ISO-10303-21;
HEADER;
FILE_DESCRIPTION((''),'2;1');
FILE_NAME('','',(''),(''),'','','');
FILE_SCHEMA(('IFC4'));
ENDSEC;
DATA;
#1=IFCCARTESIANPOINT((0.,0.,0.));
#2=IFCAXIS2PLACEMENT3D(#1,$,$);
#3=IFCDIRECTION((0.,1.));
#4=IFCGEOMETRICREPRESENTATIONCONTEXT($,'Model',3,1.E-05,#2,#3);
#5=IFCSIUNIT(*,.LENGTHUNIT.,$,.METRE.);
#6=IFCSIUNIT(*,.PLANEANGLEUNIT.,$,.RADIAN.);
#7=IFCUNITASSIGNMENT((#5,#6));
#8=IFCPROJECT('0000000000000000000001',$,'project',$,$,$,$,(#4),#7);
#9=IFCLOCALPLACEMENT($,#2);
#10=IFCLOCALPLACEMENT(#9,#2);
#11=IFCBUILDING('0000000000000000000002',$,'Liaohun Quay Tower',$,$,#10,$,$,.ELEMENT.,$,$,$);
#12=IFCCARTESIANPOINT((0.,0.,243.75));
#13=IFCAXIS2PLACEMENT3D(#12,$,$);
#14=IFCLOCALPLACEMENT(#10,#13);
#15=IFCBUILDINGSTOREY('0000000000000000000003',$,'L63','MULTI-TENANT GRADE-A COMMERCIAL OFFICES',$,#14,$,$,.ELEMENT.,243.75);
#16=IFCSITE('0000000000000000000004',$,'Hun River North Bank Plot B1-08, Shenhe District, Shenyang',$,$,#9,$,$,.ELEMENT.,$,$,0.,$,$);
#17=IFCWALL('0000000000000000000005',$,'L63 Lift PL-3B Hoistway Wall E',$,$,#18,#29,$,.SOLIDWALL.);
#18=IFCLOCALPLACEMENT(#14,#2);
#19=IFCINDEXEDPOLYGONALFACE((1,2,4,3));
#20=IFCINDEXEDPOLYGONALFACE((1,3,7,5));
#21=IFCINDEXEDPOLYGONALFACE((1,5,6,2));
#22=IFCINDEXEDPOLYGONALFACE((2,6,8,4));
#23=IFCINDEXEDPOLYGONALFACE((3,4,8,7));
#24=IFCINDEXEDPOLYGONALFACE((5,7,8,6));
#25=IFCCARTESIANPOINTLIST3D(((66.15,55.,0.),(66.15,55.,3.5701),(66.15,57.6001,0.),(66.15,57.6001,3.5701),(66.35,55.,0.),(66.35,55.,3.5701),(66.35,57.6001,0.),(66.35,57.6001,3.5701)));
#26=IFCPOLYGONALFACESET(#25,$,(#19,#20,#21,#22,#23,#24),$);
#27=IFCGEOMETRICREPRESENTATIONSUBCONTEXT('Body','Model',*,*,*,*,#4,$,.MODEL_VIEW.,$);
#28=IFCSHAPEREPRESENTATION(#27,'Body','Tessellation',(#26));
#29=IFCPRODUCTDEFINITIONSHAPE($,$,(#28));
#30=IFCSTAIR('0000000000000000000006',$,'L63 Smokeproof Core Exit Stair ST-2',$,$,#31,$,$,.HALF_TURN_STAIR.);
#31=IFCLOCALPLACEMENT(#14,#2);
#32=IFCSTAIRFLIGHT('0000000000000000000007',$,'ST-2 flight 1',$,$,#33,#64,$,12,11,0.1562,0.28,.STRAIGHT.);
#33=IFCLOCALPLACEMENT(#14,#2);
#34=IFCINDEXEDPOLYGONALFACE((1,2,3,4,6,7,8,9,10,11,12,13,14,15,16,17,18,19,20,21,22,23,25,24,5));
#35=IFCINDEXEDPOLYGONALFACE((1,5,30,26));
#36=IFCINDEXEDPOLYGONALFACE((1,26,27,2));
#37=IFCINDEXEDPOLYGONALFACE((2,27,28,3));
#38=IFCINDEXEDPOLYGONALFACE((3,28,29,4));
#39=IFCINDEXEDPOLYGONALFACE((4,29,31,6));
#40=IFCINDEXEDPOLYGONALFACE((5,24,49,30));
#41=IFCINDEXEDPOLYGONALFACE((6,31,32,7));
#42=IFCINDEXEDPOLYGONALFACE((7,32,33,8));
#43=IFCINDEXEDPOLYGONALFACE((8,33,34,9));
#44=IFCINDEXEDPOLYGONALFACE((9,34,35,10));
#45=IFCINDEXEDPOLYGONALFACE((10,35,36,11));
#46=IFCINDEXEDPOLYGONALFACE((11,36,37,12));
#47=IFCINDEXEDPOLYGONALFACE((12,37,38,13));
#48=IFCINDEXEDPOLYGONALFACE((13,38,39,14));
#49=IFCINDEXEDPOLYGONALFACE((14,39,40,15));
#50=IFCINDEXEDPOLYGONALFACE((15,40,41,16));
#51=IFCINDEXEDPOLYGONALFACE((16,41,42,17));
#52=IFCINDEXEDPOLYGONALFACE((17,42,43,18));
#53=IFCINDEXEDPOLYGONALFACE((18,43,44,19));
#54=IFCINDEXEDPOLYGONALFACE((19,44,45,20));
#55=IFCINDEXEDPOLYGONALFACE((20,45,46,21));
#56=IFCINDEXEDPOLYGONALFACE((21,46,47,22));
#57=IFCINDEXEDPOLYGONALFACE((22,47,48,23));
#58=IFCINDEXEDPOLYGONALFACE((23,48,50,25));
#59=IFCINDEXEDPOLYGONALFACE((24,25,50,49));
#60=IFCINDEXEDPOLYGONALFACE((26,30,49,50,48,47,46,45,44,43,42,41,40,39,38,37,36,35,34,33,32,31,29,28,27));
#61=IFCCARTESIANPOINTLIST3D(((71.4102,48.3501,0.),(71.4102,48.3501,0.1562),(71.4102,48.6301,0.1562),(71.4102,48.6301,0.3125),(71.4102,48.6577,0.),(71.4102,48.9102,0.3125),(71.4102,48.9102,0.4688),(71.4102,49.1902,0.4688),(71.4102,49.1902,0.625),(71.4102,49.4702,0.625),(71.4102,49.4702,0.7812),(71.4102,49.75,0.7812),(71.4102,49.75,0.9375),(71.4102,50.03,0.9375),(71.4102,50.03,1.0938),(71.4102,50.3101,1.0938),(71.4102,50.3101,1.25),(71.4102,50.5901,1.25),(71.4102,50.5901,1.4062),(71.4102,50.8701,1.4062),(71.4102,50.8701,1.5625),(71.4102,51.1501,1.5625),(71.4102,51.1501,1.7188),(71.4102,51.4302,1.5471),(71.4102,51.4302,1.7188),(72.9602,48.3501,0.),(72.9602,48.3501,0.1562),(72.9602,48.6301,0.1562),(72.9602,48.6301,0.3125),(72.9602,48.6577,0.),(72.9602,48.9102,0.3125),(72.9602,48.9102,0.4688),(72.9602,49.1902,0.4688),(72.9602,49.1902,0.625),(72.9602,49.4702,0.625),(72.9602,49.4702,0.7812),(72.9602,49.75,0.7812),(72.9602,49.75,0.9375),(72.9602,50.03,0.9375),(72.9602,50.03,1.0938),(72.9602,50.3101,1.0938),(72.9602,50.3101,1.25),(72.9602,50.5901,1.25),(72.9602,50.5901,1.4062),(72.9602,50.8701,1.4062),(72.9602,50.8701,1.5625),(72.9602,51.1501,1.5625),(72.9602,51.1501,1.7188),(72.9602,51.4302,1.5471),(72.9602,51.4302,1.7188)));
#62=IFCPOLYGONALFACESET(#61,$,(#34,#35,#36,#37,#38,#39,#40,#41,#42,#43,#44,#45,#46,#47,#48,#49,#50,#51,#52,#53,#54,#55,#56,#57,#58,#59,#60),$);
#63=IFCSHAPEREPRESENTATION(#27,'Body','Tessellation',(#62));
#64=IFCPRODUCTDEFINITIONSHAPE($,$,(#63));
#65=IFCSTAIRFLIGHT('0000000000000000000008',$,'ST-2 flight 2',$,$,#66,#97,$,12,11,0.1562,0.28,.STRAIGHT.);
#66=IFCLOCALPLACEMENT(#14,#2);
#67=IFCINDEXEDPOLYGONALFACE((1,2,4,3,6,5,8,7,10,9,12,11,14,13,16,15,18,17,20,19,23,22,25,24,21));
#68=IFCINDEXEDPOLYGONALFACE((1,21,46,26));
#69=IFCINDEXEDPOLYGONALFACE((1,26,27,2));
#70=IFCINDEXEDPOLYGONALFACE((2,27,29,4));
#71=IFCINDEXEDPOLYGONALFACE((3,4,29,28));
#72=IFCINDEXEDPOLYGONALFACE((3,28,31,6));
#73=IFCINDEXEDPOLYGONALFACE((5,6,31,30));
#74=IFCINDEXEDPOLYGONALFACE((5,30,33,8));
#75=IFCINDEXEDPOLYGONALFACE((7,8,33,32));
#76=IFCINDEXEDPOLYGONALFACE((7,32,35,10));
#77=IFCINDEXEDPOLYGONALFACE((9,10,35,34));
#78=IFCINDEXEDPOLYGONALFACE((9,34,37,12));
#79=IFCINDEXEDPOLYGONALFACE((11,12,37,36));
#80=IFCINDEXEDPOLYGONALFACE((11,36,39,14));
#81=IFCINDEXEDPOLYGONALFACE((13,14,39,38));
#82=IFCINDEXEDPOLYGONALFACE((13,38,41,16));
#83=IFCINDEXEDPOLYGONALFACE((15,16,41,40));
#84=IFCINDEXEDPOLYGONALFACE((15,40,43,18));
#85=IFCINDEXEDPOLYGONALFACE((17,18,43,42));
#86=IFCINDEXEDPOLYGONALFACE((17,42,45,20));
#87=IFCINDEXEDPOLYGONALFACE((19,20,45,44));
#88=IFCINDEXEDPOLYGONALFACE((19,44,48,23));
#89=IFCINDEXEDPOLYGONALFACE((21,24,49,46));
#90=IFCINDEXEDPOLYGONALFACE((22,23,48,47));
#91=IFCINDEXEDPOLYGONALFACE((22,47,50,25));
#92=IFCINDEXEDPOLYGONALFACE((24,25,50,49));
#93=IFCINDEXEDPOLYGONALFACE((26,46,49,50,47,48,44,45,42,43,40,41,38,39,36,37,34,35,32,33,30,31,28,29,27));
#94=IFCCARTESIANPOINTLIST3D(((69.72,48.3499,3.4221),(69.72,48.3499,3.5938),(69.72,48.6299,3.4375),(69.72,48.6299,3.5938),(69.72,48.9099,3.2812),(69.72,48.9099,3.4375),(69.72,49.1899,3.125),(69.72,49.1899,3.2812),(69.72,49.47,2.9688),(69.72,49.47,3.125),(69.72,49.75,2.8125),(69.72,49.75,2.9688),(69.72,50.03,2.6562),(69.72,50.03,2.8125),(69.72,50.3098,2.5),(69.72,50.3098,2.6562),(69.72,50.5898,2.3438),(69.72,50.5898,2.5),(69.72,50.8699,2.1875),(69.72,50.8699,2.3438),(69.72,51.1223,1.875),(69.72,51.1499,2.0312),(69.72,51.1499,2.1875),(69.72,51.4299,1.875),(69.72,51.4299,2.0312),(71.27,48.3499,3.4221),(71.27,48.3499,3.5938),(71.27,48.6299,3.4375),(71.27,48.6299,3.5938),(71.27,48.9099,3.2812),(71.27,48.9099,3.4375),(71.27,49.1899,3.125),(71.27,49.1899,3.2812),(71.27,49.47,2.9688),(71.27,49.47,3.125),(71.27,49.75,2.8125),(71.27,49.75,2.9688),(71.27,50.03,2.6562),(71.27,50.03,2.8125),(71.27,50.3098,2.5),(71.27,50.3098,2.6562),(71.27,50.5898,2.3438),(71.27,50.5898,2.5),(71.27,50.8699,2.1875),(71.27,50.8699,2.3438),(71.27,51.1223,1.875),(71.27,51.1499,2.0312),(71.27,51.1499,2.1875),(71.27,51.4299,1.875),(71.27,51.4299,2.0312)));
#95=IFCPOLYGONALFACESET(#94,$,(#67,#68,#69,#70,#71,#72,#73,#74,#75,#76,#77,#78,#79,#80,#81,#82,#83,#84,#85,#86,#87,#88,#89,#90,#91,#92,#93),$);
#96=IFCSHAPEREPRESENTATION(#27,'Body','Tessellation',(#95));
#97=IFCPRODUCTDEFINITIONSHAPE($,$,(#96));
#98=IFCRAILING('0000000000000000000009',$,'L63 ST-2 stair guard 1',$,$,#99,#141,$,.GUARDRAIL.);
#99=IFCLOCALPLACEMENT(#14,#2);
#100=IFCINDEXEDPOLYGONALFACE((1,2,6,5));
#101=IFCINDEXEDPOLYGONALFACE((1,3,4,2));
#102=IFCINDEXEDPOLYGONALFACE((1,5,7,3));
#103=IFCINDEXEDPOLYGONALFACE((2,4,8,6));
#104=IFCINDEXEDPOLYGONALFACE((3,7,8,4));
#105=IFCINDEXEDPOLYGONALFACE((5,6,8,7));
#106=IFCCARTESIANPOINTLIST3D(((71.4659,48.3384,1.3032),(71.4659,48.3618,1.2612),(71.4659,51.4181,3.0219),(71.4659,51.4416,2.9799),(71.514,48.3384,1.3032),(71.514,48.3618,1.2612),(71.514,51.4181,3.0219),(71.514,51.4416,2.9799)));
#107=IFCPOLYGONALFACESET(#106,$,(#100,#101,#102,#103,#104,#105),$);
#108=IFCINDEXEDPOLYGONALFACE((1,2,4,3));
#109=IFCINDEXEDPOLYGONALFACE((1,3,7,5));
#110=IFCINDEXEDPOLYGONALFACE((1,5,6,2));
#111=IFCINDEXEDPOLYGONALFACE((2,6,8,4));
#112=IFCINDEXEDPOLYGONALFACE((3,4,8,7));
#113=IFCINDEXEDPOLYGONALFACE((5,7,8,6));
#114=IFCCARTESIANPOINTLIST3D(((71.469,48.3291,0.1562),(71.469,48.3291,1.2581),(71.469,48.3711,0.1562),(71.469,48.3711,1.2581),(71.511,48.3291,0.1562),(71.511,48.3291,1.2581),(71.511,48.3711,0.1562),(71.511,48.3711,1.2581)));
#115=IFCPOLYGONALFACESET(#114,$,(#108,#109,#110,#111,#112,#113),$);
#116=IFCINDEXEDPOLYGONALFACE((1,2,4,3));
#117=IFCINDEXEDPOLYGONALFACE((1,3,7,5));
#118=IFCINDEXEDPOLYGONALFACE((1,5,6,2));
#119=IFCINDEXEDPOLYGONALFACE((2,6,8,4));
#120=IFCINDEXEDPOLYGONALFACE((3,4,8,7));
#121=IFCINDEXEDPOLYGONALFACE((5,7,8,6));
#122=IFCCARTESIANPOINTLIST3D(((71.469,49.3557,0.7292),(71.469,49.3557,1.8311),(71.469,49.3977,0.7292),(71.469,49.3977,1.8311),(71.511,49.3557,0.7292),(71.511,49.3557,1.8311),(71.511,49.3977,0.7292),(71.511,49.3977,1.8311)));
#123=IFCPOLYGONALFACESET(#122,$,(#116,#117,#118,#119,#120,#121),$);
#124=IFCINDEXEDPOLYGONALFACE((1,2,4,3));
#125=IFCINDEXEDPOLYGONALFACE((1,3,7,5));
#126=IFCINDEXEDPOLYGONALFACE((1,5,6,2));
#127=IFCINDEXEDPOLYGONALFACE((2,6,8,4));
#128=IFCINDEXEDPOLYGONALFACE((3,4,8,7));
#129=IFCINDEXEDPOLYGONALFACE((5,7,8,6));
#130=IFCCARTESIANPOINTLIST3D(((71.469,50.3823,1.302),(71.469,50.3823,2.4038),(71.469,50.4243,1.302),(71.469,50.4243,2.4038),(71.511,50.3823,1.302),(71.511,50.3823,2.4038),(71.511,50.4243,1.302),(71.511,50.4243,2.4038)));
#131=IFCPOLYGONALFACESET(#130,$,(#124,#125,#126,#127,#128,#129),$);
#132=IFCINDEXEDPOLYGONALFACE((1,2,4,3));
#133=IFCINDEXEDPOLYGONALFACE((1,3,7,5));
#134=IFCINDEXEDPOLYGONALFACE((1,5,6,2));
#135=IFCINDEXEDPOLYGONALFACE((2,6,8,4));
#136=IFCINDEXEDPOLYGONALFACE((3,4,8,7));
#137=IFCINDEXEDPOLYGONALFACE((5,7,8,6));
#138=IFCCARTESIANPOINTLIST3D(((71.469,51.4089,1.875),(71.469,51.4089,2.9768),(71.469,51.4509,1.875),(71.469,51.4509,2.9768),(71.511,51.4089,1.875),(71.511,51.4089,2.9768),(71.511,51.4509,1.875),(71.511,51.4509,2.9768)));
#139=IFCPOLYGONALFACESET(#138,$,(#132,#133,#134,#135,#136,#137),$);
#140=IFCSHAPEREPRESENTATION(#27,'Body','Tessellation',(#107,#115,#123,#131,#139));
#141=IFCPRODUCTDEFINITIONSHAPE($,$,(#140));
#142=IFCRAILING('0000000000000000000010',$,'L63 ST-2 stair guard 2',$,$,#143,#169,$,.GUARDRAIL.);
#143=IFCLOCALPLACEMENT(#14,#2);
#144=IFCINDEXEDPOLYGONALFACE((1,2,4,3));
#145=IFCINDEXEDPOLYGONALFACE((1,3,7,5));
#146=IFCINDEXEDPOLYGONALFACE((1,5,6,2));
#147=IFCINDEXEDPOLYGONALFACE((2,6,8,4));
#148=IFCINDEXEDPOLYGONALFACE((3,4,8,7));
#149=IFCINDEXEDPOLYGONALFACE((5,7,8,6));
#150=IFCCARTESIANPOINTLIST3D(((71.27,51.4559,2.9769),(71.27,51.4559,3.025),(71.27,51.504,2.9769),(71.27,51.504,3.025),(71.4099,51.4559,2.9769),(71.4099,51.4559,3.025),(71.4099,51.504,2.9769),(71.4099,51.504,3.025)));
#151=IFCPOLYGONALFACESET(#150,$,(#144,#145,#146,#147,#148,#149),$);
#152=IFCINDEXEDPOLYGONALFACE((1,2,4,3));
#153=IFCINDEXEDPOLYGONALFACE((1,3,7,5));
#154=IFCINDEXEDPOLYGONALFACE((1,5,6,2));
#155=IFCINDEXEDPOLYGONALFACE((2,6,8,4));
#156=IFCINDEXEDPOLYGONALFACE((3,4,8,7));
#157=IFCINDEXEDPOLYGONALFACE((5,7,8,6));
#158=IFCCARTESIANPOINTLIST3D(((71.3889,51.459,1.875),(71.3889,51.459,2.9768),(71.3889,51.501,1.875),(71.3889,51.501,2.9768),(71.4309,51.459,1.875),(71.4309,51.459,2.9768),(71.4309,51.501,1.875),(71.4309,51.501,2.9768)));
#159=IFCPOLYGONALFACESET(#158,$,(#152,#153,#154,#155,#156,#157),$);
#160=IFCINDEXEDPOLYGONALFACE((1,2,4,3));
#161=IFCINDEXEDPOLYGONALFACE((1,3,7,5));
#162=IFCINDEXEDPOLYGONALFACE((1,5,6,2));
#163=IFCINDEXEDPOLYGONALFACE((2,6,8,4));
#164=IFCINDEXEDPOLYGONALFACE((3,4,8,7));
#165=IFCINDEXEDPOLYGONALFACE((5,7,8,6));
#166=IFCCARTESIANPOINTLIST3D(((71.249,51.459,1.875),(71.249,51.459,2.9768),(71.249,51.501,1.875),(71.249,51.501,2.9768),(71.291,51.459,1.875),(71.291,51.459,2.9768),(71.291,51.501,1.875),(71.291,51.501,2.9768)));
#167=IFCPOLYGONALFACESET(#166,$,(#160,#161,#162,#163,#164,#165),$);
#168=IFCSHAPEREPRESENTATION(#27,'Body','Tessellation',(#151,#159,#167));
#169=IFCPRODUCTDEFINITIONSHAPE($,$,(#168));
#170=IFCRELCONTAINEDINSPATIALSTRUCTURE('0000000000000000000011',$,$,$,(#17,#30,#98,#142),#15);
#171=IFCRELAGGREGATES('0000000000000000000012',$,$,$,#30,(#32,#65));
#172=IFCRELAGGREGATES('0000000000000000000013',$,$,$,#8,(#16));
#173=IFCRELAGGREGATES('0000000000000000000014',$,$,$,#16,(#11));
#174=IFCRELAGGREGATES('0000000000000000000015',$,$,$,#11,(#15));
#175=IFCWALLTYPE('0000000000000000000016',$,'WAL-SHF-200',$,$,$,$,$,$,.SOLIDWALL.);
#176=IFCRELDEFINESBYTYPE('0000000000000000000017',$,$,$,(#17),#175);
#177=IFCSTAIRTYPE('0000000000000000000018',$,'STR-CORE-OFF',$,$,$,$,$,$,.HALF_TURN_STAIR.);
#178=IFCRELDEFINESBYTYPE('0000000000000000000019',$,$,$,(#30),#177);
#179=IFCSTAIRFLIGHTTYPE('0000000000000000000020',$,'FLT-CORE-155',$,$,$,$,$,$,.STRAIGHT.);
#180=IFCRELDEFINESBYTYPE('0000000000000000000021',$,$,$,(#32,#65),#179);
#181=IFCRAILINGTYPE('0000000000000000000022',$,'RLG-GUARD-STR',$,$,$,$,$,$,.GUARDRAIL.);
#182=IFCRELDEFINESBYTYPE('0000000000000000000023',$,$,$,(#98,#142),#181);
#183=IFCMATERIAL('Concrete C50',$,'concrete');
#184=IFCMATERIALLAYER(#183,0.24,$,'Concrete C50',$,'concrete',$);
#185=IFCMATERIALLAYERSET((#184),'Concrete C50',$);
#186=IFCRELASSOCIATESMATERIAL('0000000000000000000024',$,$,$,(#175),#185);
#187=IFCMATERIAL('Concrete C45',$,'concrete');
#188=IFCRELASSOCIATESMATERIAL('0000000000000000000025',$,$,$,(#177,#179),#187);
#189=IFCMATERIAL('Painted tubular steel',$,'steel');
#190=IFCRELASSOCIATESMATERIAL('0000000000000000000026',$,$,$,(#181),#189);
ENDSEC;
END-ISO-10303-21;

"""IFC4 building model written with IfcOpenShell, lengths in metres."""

from ifc_helpers import new_model, si_unit, direction, frame, frame_2d, origin, origin_2d, place, context, subcontext, project, spatial, polyline, rectangle, outline, extrude, material, layer, layer_set, type_object, element, aggregate, save


model = new_model("IFC4")

# Units and contexts
model_context = context("Model", 3, precision=1e-05, world=origin(), true_north=direction((0.0, 1.0)))
body_context = subcontext(model_context, "Body", "Model", "MODEL_VIEW")
ifc_project = project(units=[si_unit("LENGTHUNIT", "METRE"), si_unit("PLANEANGLEUNIT", "RADIAN")], contexts=[model_context])

# Site, building, storey
site_placement = place(None, origin())
site = spatial("IfcSite", under=ifc_project, at=site_placement, Name="Hun River North Bank Plot B1-08, Shenhe District, Shenyang", CompositionType="ELEMENT", RefElevation=0.0)
building_placement = place(site_placement, origin())
building = spatial("IfcBuilding", under=site, at=building_placement, Name="Liaohun Quay Tower", CompositionType="ELEMENT")
storey_placement = place(building_placement, frame((0.0, 0.0, 243.75)))
storey = spatial("IfcBuildingStorey", under=building, at=storey_placement, Name="L63", Description="MULTI-TENANT GRADE-A COMMERCIAL OFFICES", CompositionType="ELEMENT", Elevation=243.75)

# Shared definitions
ifc_material_1 = material(Name="Concrete C50", Category="concrete")
ifc_layer_1 = layer(ifc_material_1, 0.24, Name="Concrete C50", Category="concrete")
ifc_layer_set_1 = layer_set([ifc_layer_1], Name="Concrete C50")
wall_type_1 = type_object("IfcWallType", Name="WAL-SHF-200", PredefinedType="SOLIDWALL", material=ifc_layer_set_1)

# Wall
wall_1_placement = place(storey_placement, frame((66.25, 55.0, 0.0), z_axis=(0.0, 0.0, 1.0), x_axis=(0.0, 1.0, 0.0)))
element("IfcWall", 1, at=wall_1_placement, inside=storey, type_object=wall_type_1, Name="L63 Lift PL-3B Hoistway Wall E", PredefinedType="SOLIDWALL", context=body_context, shape_type="SweptSolid", body=[
    extrude(rectangle(XDim=2.6001, YDim=0.2, at=frame_2d((1.3, 0.0))), origin(), (0.0, 0.0, 1.0), 3.5701),
])

# Stair, stair flights
ifc_material_2 = material(Name="Concrete C45", Category="concrete")
stair_type = type_object("IfcStairType", Name="STR-CORE-OFF", PredefinedType="HALF_TURN_STAIR", material=ifc_material_2)
stair_placement = place(storey_placement, origin())
stair = element("IfcStair", 2, at=stair_placement, inside=storey, type_object=stair_type, Name="L63 Smokeproof Core Exit Stair ST-2", PredefinedType="HALF_TURN_STAIR")
stair_flight_type = type_object("IfcStairFlightType", Name="FLT-CORE-155", PredefinedType="STRAIGHT", material=ifc_material_2)
stair_flight_1_placement = place(storey_placement, frame((72.1851, 48.3501, 0.0), z_axis=(0.0, 0.0, 1.0), x_axis=(0.0, 1.0, 0.0)))
stair_flight_1 = element("IfcStairFlight", 3, at=stair_flight_1_placement, type_object=stair_flight_type, Name="ST-2 flight 1", NumberOfRisers=12, NumberOfTreads=11, PredefinedType="STRAIGHT", RiserHeight=0.1562, TreadLength=0.28, context=body_context, shape_type="SweptSolid", body=[
    extrude(outline(polyline([(0.0, 0.0), (0.0, 0.1562), (0.28, 0.1562), (0.28, 0.3125), (0.5601, 0.3125), (0.5601, 0.4688), (0.8401, 0.4688), (0.8401, 0.625), (1.1201, 0.625), (1.1201, 0.7812), (1.3999, 0.7812), (1.3999, 0.9375), (1.6799, 0.9375), (1.6799, 1.0938), (1.96, 1.0938), (1.96, 1.25), (2.24, 1.25), (2.24, 1.4062), (2.52, 1.4062), (2.52, 1.5625), (2.8, 1.5625), (2.8, 1.7188), (3.0801, 1.7188), (3.0801, 1.875), (3.0801, 1.5471), (0.3076, 0.0), (0.0, 0.0)])), frame((0.0, 0.7749, 0.0), z_axis=(0.0, -1.0, 0.0), x_axis=(1.0, 0.0, 0.0)), (0.0, 0.0, 1.0), 1.55),
])
stair_flight_2_placement = place(storey_placement, frame((70.4951, 51.4299, 1.875), z_axis=(0.0, 0.0, 1.0), x_axis=(0.0, -1.0, 0.0)))
stair_flight_2 = element("IfcStairFlight", 4, at=stair_flight_2_placement, type_object=stair_flight_type, Name="ST-2 flight 2", NumberOfRisers=12, NumberOfTreads=11, PredefinedType="STRAIGHT", RiserHeight=0.1562, TreadLength=0.28, context=body_context, shape_type="SweptSolid", body=[
    extrude(outline(polyline([(0.0, 0.0), (0.0, 0.1562), (0.28, 0.1562), (0.28, 0.3125), (0.5601, 0.3125), (0.5601, 0.4688), (0.8401, 0.4688), (0.8401, 0.625), (1.1201, 0.625), (1.1201, 0.7812), (1.3999, 0.7812), (1.3999, 0.9375), (1.6799, 0.9375), (1.6799, 1.0938), (1.96, 1.0938), (1.96, 1.25), (2.24, 1.25), (2.24, 1.4062), (2.52, 1.4062), (2.52, 1.5625), (2.8, 1.5625), (2.8, 1.7188), (3.0801, 1.7188), (3.0801, 1.875), (3.0801, 1.5471), (0.3076, 0.0), (0.0, 0.0)])), frame((0.0, 0.7749, 0.0), z_axis=(0.0, -1.0, 0.0), x_axis=(1.0, 0.0, 0.0)), (0.0, 0.0, 1.0), 1.55),
])
aggregate(stair, [stair_flight_1, stair_flight_2])

# Railings
ifc_material_3 = material(Name="Painted tubular steel", Category="steel")
railing_type_1 = type_object("IfcRailingType", Name="RLG-GUARD-STR", PredefinedType="GUARDRAIL", material=ifc_material_3)
railing_1_placement = place(storey_placement, frame((71.49, 48.3501, 0.1562)))
element("IfcRailing", 5, at=railing_1_placement, inside=storey, type_object=railing_type_1, Name="L63 ST-2 stair guard 1", PredefinedType="GUARDRAIL", context=body_context, shape_type="SweptSolid", body=[
    extrude(rectangle(XDim=0.0481, YDim=0.0481, at=origin_2d()), frame((0.0, 0.0, 1.126), z_axis=(0.0, 0.873225, 0.487317), x_axis=(-1.0, 0.0, 0.0)), (0.0, 0.0, 1.0), 3.5269),
    extrude(rectangle(XDim=0.042, YDim=0.042, at=origin_2d()), origin(), (0.0, 0.0, 1.0), 1.1018),
    extrude(rectangle(XDim=0.042, YDim=0.042, at=origin_2d()), frame((0.0, 1.0266, 0.573)), (0.0, 0.0, 1.0), 1.1018),
    extrude(rectangle(XDim=0.042, YDim=0.042, at=origin_2d()), frame((0.0, 2.0532, 1.1458)), (0.0, 0.0, 1.0), 1.1018),
    extrude(rectangle(XDim=0.042, YDim=0.042, at=origin_2d()), frame((0.0, 3.0798, 1.7188)), (0.0, 0.0, 1.0), 1.1018),
])
railing_2_placement = place(storey_placement, frame((71.4099, 51.48, 1.875)))
element("IfcRailing", 6, at=railing_2_placement, inside=storey, type_object=railing_type_1, Name="L63 ST-2 stair guard 2", PredefinedType="GUARDRAIL", context=body_context, shape_type="SweptSolid", body=[
    extrude(rectangle(XDim=0.0481, YDim=0.0481, at=origin_2d()), frame((0.0, 0.0, 1.126), z_axis=(-1.0, 0.0, 0.0), x_axis=(0.0, -1.0, 0.0)), (0.0, 0.0, 1.0), 0.1399),
    extrude(rectangle(XDim=0.042, YDim=0.042, at=origin_2d()), origin(), (0.0, 0.0, 1.0), 1.1018),
    extrude(rectangle(XDim=0.042, YDim=0.042, at=origin_2d()), frame((-0.1399, 0.0, 0.0)), (0.0, 0.0, 1.0), 1.1018),
])

save(model, "model.ifc")
